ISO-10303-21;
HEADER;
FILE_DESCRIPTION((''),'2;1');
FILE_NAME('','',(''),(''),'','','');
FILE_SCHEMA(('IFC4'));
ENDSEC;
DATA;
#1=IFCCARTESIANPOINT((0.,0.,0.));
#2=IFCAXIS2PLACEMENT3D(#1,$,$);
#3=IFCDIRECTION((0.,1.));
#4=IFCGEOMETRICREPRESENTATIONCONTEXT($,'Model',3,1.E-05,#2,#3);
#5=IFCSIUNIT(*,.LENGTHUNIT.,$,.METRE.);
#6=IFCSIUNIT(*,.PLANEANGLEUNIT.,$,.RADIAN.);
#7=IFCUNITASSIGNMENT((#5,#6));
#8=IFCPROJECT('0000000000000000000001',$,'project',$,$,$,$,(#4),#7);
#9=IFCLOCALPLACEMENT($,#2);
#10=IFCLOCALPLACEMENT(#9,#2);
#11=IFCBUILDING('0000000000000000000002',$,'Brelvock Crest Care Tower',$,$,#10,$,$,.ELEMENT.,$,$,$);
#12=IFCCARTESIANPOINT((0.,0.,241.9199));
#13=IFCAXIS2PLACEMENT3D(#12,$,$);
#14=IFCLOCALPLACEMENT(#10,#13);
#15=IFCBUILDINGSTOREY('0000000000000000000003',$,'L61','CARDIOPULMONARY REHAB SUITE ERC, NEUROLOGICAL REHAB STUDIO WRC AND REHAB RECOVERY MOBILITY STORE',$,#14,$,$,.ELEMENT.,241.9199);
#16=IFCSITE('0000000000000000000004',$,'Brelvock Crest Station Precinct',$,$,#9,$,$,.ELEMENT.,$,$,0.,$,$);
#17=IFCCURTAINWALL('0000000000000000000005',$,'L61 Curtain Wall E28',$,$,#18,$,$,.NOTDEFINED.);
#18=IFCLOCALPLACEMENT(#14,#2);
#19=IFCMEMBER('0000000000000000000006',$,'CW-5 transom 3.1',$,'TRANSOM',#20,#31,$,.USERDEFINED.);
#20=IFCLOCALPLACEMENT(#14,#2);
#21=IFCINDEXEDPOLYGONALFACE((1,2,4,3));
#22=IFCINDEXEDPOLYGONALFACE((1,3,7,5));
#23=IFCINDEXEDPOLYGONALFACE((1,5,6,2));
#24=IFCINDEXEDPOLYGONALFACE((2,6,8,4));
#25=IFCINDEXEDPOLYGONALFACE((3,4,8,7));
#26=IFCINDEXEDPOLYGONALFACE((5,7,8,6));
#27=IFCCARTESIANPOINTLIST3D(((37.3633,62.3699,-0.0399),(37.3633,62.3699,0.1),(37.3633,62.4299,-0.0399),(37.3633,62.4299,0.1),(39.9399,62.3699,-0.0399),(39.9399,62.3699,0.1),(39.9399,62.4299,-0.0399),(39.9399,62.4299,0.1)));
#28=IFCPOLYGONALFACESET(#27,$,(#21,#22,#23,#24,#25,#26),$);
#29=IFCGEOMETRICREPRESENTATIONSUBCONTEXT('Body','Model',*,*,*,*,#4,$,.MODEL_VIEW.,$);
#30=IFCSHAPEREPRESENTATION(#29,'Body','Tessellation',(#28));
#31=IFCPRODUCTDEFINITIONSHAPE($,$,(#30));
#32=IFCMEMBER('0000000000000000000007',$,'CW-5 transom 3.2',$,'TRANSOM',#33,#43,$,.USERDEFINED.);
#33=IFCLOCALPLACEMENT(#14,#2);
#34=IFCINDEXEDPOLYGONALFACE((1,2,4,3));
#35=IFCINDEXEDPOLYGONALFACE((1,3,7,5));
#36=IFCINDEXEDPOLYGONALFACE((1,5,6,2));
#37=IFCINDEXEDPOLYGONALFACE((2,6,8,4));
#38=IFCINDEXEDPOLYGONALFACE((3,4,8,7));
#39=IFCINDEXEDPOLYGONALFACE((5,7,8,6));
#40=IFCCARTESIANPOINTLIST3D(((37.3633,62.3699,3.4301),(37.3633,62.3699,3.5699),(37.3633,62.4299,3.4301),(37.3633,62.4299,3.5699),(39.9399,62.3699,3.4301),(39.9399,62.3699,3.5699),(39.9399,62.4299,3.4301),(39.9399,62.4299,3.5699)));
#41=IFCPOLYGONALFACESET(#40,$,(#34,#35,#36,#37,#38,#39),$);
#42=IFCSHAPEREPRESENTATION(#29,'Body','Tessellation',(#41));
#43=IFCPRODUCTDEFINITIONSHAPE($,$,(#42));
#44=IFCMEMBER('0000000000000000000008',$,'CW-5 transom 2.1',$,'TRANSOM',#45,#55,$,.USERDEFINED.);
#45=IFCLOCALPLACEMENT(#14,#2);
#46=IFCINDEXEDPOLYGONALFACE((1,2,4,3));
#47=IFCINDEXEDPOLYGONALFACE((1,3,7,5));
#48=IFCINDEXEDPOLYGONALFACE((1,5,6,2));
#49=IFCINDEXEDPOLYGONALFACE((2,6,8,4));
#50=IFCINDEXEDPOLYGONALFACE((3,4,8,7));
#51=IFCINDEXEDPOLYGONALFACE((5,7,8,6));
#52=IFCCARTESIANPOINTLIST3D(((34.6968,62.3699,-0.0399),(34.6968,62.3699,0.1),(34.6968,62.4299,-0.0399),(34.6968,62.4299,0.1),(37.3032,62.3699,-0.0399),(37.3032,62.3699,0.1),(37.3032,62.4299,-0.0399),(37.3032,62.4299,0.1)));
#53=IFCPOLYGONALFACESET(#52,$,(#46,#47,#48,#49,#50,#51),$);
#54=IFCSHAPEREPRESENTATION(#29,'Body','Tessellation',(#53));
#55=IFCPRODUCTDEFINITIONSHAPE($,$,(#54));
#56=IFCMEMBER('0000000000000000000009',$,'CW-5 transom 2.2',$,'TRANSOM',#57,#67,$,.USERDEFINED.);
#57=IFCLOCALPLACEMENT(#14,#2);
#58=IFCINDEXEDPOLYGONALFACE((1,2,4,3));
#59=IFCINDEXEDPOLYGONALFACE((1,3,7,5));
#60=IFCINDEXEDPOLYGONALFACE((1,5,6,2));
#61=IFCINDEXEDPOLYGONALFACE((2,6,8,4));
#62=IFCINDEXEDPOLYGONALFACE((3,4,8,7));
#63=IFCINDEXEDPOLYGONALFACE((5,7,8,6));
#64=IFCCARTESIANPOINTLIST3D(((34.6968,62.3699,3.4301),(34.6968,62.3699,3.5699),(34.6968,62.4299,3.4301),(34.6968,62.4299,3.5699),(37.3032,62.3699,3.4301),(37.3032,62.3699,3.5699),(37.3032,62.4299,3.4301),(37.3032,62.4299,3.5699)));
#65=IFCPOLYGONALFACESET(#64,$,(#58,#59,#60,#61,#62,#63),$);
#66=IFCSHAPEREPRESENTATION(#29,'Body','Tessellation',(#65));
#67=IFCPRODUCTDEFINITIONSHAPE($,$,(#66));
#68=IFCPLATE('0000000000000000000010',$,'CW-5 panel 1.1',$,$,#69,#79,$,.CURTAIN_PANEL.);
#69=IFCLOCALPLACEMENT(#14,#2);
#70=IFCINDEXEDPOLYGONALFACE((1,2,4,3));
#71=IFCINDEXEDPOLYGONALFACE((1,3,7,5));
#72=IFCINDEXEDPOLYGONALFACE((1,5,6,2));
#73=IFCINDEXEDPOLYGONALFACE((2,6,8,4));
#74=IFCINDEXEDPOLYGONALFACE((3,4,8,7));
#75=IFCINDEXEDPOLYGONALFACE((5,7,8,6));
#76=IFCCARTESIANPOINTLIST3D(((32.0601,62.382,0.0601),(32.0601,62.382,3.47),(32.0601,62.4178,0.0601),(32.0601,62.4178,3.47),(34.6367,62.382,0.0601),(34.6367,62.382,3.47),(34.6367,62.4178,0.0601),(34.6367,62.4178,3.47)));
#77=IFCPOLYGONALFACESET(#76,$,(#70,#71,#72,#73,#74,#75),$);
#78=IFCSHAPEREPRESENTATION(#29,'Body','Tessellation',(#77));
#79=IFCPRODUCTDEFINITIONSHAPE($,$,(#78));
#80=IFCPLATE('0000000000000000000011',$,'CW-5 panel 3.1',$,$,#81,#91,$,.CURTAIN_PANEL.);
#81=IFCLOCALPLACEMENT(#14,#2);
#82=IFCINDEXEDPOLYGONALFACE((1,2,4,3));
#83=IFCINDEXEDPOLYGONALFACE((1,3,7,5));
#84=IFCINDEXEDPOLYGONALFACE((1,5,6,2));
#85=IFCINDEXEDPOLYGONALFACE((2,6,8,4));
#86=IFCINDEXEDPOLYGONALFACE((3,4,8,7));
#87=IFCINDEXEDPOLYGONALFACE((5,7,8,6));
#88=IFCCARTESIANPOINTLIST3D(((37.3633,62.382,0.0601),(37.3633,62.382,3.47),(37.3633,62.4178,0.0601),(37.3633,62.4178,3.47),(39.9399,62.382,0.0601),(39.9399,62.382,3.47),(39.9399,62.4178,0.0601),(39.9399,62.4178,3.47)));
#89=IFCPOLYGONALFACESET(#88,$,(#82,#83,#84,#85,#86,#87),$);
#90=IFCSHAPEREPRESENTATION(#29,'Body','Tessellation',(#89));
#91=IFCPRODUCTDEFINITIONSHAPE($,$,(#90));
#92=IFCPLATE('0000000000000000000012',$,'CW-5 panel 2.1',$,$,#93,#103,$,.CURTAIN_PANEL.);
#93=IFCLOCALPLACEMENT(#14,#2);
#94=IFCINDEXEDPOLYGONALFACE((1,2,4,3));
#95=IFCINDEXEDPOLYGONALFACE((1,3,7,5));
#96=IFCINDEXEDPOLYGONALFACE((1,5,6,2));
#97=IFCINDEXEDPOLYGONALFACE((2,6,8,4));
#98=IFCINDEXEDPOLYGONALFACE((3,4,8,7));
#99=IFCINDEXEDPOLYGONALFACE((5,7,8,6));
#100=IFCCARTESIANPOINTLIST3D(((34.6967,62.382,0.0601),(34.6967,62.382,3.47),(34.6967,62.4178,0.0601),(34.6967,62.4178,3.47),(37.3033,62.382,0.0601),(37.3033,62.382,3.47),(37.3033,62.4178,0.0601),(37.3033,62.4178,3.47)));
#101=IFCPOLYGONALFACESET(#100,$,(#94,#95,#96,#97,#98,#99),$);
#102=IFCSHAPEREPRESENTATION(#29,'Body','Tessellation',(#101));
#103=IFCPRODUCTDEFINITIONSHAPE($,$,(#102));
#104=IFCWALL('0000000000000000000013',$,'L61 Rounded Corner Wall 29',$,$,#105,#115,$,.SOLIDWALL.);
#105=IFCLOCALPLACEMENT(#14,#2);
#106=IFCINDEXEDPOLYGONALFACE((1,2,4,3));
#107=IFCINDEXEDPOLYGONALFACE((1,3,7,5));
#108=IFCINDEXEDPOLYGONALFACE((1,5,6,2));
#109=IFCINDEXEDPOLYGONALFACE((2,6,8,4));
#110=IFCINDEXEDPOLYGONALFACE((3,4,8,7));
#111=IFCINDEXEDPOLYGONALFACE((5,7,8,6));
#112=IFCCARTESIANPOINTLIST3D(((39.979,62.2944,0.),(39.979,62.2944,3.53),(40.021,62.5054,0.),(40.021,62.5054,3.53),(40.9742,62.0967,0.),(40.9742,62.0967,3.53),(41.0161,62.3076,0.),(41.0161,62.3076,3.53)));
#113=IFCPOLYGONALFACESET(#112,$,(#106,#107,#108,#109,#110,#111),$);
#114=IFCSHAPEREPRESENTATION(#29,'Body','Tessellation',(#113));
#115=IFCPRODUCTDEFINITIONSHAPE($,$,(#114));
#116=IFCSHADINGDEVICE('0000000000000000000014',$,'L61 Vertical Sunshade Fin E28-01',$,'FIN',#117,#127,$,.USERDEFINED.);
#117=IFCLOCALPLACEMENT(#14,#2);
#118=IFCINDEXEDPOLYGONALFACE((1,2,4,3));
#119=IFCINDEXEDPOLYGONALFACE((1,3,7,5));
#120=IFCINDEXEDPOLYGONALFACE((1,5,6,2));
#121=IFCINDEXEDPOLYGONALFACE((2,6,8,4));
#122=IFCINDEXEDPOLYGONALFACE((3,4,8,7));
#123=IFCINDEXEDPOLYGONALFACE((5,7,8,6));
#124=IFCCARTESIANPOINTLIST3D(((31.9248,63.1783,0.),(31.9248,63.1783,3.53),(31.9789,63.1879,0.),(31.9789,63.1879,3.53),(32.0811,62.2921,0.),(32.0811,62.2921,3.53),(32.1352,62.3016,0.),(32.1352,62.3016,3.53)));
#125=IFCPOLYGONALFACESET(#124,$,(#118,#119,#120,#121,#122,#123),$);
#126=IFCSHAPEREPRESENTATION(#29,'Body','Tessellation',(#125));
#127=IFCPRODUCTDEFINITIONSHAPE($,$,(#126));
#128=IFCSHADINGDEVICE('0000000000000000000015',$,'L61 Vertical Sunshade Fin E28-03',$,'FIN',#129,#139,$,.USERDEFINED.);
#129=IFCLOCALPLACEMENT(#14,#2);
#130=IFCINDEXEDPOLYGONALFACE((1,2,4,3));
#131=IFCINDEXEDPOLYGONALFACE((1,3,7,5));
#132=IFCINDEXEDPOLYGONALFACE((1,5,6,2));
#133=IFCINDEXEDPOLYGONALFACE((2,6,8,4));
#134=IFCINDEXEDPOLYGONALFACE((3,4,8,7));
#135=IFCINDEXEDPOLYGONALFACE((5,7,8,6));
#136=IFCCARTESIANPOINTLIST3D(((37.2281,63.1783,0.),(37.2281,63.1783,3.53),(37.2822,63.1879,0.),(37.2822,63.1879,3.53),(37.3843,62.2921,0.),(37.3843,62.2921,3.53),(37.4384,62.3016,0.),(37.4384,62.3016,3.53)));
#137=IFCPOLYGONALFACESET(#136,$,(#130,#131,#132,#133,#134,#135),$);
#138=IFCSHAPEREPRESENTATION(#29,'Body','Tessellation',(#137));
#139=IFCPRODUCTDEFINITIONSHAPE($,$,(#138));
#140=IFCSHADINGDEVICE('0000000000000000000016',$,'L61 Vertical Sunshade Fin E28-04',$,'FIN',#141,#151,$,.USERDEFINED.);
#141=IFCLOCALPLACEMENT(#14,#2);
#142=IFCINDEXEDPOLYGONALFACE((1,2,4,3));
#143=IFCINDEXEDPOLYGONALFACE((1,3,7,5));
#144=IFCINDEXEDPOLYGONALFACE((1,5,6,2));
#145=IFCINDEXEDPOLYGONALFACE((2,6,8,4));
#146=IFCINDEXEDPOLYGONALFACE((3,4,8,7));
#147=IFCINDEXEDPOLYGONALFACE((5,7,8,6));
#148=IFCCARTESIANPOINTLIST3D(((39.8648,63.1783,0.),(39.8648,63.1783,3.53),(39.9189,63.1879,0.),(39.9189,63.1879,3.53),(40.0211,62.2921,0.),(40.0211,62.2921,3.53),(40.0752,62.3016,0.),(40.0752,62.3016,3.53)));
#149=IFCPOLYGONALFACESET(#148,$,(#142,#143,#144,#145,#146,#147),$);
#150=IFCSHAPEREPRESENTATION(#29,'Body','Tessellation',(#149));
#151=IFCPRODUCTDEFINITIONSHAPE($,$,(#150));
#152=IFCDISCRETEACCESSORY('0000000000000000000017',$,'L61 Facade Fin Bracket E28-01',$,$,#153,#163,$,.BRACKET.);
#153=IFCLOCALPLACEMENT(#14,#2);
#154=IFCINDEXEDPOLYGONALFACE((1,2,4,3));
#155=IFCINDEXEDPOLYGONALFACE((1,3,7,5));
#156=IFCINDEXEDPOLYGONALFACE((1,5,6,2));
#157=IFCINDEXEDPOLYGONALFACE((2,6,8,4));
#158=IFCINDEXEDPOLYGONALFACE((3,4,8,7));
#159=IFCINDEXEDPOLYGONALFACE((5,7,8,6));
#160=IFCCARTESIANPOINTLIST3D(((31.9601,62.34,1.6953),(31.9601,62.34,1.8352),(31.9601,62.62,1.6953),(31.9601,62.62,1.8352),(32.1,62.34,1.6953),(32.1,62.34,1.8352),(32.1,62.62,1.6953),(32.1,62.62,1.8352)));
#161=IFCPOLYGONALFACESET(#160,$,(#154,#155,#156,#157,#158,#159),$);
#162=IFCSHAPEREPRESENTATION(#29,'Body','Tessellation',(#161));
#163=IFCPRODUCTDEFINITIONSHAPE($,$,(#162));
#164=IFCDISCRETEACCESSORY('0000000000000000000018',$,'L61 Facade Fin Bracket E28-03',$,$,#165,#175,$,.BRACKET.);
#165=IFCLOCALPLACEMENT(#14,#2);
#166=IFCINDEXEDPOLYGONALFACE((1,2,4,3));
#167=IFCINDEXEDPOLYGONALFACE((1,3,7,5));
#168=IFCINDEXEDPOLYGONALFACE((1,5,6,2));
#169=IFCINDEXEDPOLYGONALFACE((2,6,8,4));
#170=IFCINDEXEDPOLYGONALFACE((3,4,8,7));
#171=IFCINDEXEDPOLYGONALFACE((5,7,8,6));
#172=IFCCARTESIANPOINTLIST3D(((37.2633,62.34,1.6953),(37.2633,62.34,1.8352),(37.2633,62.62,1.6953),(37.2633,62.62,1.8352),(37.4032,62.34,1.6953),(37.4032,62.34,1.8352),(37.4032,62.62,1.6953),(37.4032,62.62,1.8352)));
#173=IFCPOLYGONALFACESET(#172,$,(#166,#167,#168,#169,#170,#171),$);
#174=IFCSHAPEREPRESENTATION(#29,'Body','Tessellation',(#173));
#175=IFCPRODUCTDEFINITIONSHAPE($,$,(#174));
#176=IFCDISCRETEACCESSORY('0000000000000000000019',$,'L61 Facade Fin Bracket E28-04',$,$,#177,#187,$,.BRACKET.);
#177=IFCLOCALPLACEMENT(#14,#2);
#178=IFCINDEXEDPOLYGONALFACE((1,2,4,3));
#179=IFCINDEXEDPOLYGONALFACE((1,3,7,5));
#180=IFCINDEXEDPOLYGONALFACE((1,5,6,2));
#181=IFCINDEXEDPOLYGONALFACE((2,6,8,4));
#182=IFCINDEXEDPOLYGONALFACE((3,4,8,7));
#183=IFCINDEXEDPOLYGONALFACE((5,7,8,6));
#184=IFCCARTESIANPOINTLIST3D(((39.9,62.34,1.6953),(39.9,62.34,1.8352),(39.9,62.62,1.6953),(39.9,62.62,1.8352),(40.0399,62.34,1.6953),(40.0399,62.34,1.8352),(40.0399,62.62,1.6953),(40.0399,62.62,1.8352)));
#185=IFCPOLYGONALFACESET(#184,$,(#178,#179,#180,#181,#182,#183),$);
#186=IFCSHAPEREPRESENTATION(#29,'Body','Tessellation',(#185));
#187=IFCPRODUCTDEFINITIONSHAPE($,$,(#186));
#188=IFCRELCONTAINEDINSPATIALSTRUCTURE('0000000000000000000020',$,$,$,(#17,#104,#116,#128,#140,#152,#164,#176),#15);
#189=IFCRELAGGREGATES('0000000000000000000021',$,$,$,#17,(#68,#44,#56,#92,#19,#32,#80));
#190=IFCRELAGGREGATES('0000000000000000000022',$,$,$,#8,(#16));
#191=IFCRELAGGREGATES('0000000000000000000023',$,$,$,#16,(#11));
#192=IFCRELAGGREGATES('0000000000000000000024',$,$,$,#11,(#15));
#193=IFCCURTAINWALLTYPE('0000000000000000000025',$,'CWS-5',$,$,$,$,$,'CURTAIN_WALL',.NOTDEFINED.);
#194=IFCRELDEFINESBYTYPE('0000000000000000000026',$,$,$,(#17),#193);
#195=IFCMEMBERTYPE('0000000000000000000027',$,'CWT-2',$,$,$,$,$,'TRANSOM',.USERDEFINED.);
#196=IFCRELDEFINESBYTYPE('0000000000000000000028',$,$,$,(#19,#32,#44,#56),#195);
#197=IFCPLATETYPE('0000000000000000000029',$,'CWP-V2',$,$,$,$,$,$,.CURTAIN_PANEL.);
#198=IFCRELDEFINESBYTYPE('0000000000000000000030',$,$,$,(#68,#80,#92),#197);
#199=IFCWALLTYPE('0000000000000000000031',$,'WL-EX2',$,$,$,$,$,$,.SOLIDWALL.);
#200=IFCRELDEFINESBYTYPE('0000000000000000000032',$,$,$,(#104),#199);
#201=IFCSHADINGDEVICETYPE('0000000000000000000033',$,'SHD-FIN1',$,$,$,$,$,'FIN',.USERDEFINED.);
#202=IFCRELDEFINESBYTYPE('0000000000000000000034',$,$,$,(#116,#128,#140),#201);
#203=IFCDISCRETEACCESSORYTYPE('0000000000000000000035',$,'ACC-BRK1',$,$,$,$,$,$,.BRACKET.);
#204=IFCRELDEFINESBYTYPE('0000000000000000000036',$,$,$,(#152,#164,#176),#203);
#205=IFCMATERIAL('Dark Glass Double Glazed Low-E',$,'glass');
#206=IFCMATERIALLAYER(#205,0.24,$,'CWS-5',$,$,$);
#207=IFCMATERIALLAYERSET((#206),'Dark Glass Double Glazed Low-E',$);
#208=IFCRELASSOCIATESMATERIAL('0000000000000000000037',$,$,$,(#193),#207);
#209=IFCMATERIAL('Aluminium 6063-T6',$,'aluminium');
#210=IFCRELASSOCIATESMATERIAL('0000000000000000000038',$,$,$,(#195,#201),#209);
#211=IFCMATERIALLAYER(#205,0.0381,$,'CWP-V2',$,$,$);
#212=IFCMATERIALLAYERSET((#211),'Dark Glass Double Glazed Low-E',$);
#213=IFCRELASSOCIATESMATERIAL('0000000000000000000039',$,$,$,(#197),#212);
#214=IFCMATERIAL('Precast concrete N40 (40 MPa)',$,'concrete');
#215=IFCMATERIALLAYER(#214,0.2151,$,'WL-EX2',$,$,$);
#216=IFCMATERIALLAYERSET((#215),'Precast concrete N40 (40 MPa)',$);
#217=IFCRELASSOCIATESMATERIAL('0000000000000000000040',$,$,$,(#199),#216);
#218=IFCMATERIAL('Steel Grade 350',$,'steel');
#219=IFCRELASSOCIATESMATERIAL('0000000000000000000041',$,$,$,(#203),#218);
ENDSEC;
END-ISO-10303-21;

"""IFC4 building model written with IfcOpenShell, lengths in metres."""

from ifc_helpers import new_model, si_unit, direction, frame, frame_2d, origin, origin_2d, place, context, subcontext, project, spatial, rectangle, extrude, source, transform, mapped, material, layer, layer_set, material_profile, profile_set, type_object, element, aggregate, save


model = new_model("IFC4")

# Units and contexts
model_context = context("Model", 3, precision=1e-05, world=origin(), true_north=direction((0.0, 1.0)))
body_context = subcontext(model_context, "Body", "Model", "MODEL_VIEW")
ifc_project = project(units=[si_unit("LENGTHUNIT", "METRE"), si_unit("PLANEANGLEUNIT", "RADIAN")], contexts=[model_context])

# Site, building, storey
site_placement = place(None, origin())
site = spatial("IfcSite", under=ifc_project, at=site_placement, Name="Brelvock Crest Station Precinct", CompositionType="ELEMENT", RefElevation=0.0)
building_placement = place(site_placement, origin())
building = spatial("IfcBuilding", under=site, at=building_placement, Name="Brelvock Crest Care Tower", CompositionType="ELEMENT")
storey_placement = place(building_placement, frame((0.0, 0.0, 241.9199)))
storey = spatial("IfcBuildingStorey", under=building, at=storey_placement, Name="L61", Description="CARDIOPULMONARY REHAB SUITE ERC, NEUROLOGICAL REHAB STUDIO WRC AND REHAB RECOVERY MOBILITY STORE", CompositionType="ELEMENT", Elevation=241.9199)

# Shared definitions
ifc_material_1 = material(Name="Steel Grade 350", Category="steel")

# Curtain wall, members, plates
ifc_material_2 = material(Name="Dark Glass Double Glazed Low-E", Category="glass")
ifc_layer_1 = layer(ifc_material_2, 0.24, Name="CWS-5")
ifc_layer_set_1 = layer_set([ifc_layer_1], Name="Dark Glass Double Glazed Low-E")
curtain_wall_type = type_object("IfcCurtainWallType", Name="CWS-5", ElementType="CURTAIN_WALL", PredefinedType="NOTDEFINED", material=ifc_layer_set_1)
curtain_wall_placement = place(storey_placement, origin())
curtain_wall = element("IfcCurtainWall", 1, at=curtain_wall_placement, inside=storey, type_object=curtain_wall_type, Name="L61 Curtain Wall E28", PredefinedType="NOTDEFINED")
ifc_material_3 = material(Name="Aluminium 6063-T6", Category="aluminium")
ifc_material_profile_1 = material_profile(ifc_material_3, rectangle(XDim=0.0601, YDim=0.1399, at=origin_2d()), Name="ALU60x140")
ifc_profile_set_1 = profile_set([ifc_material_profile_1], Name="Aluminium 6063-T6")
member_type_1 = type_object("IfcMemberType", Name="CWT-2", ElementType="TRANSOM", PredefinedType="USERDEFINED", material=ifc_profile_set_1)
shared_shape_1 = source(origin(), body_context, "Body", "SweptSolid", [
    extrude(rectangle(XDim=0.0601, YDim=0.1399, at=origin_2d()), origin(), (0.0, 0.0, 1.0), 2.5767),
])
member_1_placement = place(storey_placement, frame((37.3633, 62.3999, 0.03), z_axis=(1.0, 0.0, 0.0), x_axis=(0.0, 1.0, 0.0)))
member_1 = element("IfcMember", 2, at=member_1_placement, type_object=member_type_1, Name="CW-5 transom 3.1", ObjectType="TRANSOM", PredefinedType="USERDEFINED", context=body_context, shape_type="MappedRepresentation", body=[
    mapped(shared_shape_1, transform((0.0, 0.0, 0.0), x_axis=(1.0, 0.0, 0.0), y_axis=(0.0, 1.0, 0.0), z_axis=(0.0, 0.0, 1.0), scale=1.0)),
])
member_2_placement = place(storey_placement, frame((37.3633, 62.3999, 3.5), z_axis=(1.0, 0.0, 0.0), x_axis=(0.0, 1.0, 0.0)))
member_2 = element("IfcMember", 3, at=member_2_placement, type_object=member_type_1, Name="CW-5 transom 3.2", ObjectType="TRANSOM", PredefinedType="USERDEFINED", context=body_context, shape_type="MappedRepresentation", body=[
    mapped(shared_shape_1, transform((0.0, 0.0, 0.0), x_axis=(1.0, 0.0, 0.0), y_axis=(0.0, 1.0, 0.0), z_axis=(0.0, 0.0, 1.0), scale=1.0)),
])
shared_shape_2 = source(origin(), body_context, "Body", "SweptSolid", [
    extrude(rectangle(XDim=0.0601, YDim=0.1399, at=origin_2d()), origin(), (0.0, 0.0, 1.0), 2.6064),
])
member_3_placement = place(storey_placement, frame((34.6968, 62.3999, 0.03), z_axis=(1.0, 0.0, 0.0), x_axis=(0.0, 1.0, 0.0)))
member_3 = element("IfcMember", 4, at=member_3_placement, type_object=member_type_1, Name="CW-5 transom 2.1", ObjectType="TRANSOM", PredefinedType="USERDEFINED", context=body_context, shape_type="MappedRepresentation", body=[
    mapped(shared_shape_2, transform((0.0, 0.0, 0.0), x_axis=(1.0, 0.0, 0.0), y_axis=(0.0, 1.0, 0.0), z_axis=(0.0, 0.0, 1.0), scale=1.0)),
])
member_4_placement = place(storey_placement, frame((34.6968, 62.3999, 3.5), z_axis=(1.0, 0.0, 0.0), x_axis=(0.0, 1.0, 0.0)))
member_4 = element("IfcMember", 5, at=member_4_placement, type_object=member_type_1, Name="CW-5 transom 2.2", ObjectType="TRANSOM", PredefinedType="USERDEFINED", context=body_context, shape_type="MappedRepresentation", body=[
    mapped(shared_shape_2, transform((0.0, 0.0, 0.0), x_axis=(1.0, 0.0, 0.0), y_axis=(0.0, 1.0, 0.0), z_axis=(0.0, 0.0, 1.0), scale=1.0)),
])
ifc_layer_2 = layer(ifc_material_2, 0.0381, Name="CWP-V2")
ifc_layer_set_2 = layer_set([ifc_layer_2], Name="Dark Glass Double Glazed Low-E")
plate_type = type_object("IfcPlateType", Name="CWP-V2", PredefinedType="CURTAIN_PANEL", material=ifc_layer_set_2)
shared_shape_3 = source(origin(), body_context, "Body", "SweptSolid", [
    extrude(rectangle(XDim=2.5767, YDim=0.0359, at=origin_2d()), origin(), (0.0, 0.0, 1.0), 3.4099),
])
plate_1_placement = place(storey_placement, frame((33.3484, 62.3999, 0.0601), z_axis=(0.0, 0.0, 1.0), x_axis=(1.0, 0.0, 0.0)))
plate_1 = element("IfcPlate", 6, at=plate_1_placement, type_object=plate_type, Name="CW-5 panel 1.1", PredefinedType="CURTAIN_PANEL", context=body_context, shape_type="MappedRepresentation", body=[
    mapped(shared_shape_3, transform((0.0, 0.0, 0.0), x_axis=(1.0, 0.0, 0.0), y_axis=(0.0, 1.0, 0.0), z_axis=(0.0, 0.0, 1.0), scale=1.0)),
])
plate_2_placement = place(storey_placement, frame((38.6516, 62.3999, 0.0601), z_axis=(0.0, 0.0, 1.0), x_axis=(1.0, 0.0, 0.0)))
plate_2 = element("IfcPlate", 7, at=plate_2_placement, type_object=plate_type, Name="CW-5 panel 3.1", PredefinedType="CURTAIN_PANEL", context=body_context, shape_type="MappedRepresentation", body=[
    mapped(shared_shape_3, transform((0.0, 0.0, 0.0), x_axis=(1.0, 0.0, 0.0), y_axis=(0.0, 1.0, 0.0), z_axis=(0.0, 0.0, 1.0), scale=1.0)),
])
shared_shape_4 = source(origin(), body_context, "Body", "SweptSolid", [
    extrude(rectangle(XDim=2.6067, YDim=0.0359, at=origin_2d()), origin(), (0.0, 0.0, 1.0), 3.4099),
])
plate_3_placement = place(storey_placement, frame((36.0, 62.3999, 0.0601), z_axis=(0.0, 0.0, 1.0), x_axis=(1.0, 0.0, 0.0)))
plate_3 = element("IfcPlate", 8, at=plate_3_placement, type_object=plate_type, Name="CW-5 panel 2.1", PredefinedType="CURTAIN_PANEL", context=body_context, shape_type="MappedRepresentation", body=[
    mapped(shared_shape_4, transform((0.0, 0.0, 0.0), x_axis=(1.0, 0.0, 0.0), y_axis=(0.0, 1.0, 0.0), z_axis=(0.0, 0.0, 1.0), scale=1.0)),
])
aggregate(curtain_wall, [plate_1, member_3, member_4, plate_3, member_1, member_2, plate_2])

# Wall
ifc_material_4 = material(Name="Precast concrete N40 (40 MPa)", Category="concrete")
ifc_layer_3 = layer(ifc_material_4, 0.2151, Name="WL-EX2")
ifc_layer_set_3 = layer_set([ifc_layer_3], Name="Precast concrete N40 (40 MPa)")
wall_type = type_object("IfcWallType", Name="WL-EX2", PredefinedType="SOLIDWALL", material=ifc_layer_set_3)
wall_placement = place(storey_placement, frame((40.0, 62.3999, 0.0), z_axis=(0.0, 0.0, 1.0), x_axis=(0.980821, -0.194913, 0.0)))
element("IfcWall", 9, at=wall_placement, inside=storey, type_object=wall_type, Name="L61 Rounded Corner Wall 29", PredefinedType="SOLIDWALL", context=body_context, shape_type="SweptSolid", body=[
    extrude(rectangle(XDim=1.0146, YDim=0.2151, at=frame_2d((0.5073, 0.0))), origin(), (0.0, 0.0, 1.0), 3.53),
])

# Shading devices
ifc_material_profile_2 = material_profile(ifc_material_3, rectangle(XDim=0.0549, YDim=0.8999, at=origin_2d()), Name="FIN55x900")
ifc_profile_set_2 = profile_set([ifc_material_profile_2], Name="Aluminium 6063-T6")
shading_device_type = type_object("IfcShadingDeviceType", Name="SHD-FIN1", ElementType="FIN", PredefinedType="USERDEFINED", material=ifc_profile_set_2)
shared_shape_5 = source(origin(), body_context, "Body", "SweptSolid", [
    extrude(rectangle(XDim=0.0549, YDim=0.8999, at=origin_2d()), origin(), (0.0, 0.0, 1.0), 3.53),
])
for number, where, z_axis, x_axis, name in (
    (10, (32.03, 62.74, 0.0), (0.0, 0.0, 1.0), (0.984808, 0.173648, 0.0), "L61 Vertical Sunshade Fin E28-01"),
    (11, (37.3333, 62.74, 0.0), (0.0, 0.0, 1.0), (0.984808, 0.173648, 0.0), "L61 Vertical Sunshade Fin E28-03"),
    (12, (39.97, 62.74, 0.0), (0.0, 0.0, 1.0), (0.984808, 0.173648, 0.0), "L61 Vertical Sunshade Fin E28-04"),
):
    element("IfcShadingDevice", number, at=place(storey_placement, frame(where, z_axis=z_axis, x_axis=x_axis)), inside=storey, type_object=shading_device_type, Name=name, ObjectType="FIN", PredefinedType="USERDEFINED", context=body_context, shape_type="MappedRepresentation", body=[
        mapped(shared_shape_5, transform((0.0, 0.0, 0.0), x_axis=(1.0, 0.0, 0.0), y_axis=(0.0, 1.0, 0.0), z_axis=(0.0, 0.0, 1.0), scale=1.0)),
    ])

# Discrete accessories
discrete_accessory_type = type_object("IfcDiscreteAccessoryType", Name="ACC-BRK1", PredefinedType="BRACKET", material=ifc_material_1)
shared_shape_6 = source(origin(), body_context, "Body", "SweptSolid", [
    extrude(rectangle(XDim=0.28, YDim=0.1399, at=origin_2d()), origin(), (0.0, 0.0, 1.0), 0.1399),
])
for number, where, z_axis, x_axis, name in (
    (13, (32.03, 62.48, 1.6953), (0.0, 0.0, 1.0), (0.0, 1.0, 0.0), "L61 Facade Fin Bracket E28-01"),
    (14, (37.3333, 62.48, 1.6953), (0.0, 0.0, 1.0), (0.0, 1.0, 0.0), "L61 Facade Fin Bracket E28-03"),
    (15, (39.97, 62.48, 1.6953), (0.0, 0.0, 1.0), (0.0, 1.0, 0.0), "L61 Facade Fin Bracket E28-04"),
):
    element("IfcDiscreteAccessory", number, at=place(storey_placement, frame(where, z_axis=z_axis, x_axis=x_axis)), inside=storey, type_object=discrete_accessory_type, Name=name, PredefinedType="BRACKET", context=body_context, shape_type="MappedRepresentation", body=[
        mapped(shared_shape_6, transform((0.0, 0.0, 0.0), x_axis=(1.0, 0.0, 0.0), y_axis=(0.0, 1.0, 0.0), z_axis=(0.0, 0.0, 1.0), scale=1.0)),
    ])

save(model, "model.ifc")
